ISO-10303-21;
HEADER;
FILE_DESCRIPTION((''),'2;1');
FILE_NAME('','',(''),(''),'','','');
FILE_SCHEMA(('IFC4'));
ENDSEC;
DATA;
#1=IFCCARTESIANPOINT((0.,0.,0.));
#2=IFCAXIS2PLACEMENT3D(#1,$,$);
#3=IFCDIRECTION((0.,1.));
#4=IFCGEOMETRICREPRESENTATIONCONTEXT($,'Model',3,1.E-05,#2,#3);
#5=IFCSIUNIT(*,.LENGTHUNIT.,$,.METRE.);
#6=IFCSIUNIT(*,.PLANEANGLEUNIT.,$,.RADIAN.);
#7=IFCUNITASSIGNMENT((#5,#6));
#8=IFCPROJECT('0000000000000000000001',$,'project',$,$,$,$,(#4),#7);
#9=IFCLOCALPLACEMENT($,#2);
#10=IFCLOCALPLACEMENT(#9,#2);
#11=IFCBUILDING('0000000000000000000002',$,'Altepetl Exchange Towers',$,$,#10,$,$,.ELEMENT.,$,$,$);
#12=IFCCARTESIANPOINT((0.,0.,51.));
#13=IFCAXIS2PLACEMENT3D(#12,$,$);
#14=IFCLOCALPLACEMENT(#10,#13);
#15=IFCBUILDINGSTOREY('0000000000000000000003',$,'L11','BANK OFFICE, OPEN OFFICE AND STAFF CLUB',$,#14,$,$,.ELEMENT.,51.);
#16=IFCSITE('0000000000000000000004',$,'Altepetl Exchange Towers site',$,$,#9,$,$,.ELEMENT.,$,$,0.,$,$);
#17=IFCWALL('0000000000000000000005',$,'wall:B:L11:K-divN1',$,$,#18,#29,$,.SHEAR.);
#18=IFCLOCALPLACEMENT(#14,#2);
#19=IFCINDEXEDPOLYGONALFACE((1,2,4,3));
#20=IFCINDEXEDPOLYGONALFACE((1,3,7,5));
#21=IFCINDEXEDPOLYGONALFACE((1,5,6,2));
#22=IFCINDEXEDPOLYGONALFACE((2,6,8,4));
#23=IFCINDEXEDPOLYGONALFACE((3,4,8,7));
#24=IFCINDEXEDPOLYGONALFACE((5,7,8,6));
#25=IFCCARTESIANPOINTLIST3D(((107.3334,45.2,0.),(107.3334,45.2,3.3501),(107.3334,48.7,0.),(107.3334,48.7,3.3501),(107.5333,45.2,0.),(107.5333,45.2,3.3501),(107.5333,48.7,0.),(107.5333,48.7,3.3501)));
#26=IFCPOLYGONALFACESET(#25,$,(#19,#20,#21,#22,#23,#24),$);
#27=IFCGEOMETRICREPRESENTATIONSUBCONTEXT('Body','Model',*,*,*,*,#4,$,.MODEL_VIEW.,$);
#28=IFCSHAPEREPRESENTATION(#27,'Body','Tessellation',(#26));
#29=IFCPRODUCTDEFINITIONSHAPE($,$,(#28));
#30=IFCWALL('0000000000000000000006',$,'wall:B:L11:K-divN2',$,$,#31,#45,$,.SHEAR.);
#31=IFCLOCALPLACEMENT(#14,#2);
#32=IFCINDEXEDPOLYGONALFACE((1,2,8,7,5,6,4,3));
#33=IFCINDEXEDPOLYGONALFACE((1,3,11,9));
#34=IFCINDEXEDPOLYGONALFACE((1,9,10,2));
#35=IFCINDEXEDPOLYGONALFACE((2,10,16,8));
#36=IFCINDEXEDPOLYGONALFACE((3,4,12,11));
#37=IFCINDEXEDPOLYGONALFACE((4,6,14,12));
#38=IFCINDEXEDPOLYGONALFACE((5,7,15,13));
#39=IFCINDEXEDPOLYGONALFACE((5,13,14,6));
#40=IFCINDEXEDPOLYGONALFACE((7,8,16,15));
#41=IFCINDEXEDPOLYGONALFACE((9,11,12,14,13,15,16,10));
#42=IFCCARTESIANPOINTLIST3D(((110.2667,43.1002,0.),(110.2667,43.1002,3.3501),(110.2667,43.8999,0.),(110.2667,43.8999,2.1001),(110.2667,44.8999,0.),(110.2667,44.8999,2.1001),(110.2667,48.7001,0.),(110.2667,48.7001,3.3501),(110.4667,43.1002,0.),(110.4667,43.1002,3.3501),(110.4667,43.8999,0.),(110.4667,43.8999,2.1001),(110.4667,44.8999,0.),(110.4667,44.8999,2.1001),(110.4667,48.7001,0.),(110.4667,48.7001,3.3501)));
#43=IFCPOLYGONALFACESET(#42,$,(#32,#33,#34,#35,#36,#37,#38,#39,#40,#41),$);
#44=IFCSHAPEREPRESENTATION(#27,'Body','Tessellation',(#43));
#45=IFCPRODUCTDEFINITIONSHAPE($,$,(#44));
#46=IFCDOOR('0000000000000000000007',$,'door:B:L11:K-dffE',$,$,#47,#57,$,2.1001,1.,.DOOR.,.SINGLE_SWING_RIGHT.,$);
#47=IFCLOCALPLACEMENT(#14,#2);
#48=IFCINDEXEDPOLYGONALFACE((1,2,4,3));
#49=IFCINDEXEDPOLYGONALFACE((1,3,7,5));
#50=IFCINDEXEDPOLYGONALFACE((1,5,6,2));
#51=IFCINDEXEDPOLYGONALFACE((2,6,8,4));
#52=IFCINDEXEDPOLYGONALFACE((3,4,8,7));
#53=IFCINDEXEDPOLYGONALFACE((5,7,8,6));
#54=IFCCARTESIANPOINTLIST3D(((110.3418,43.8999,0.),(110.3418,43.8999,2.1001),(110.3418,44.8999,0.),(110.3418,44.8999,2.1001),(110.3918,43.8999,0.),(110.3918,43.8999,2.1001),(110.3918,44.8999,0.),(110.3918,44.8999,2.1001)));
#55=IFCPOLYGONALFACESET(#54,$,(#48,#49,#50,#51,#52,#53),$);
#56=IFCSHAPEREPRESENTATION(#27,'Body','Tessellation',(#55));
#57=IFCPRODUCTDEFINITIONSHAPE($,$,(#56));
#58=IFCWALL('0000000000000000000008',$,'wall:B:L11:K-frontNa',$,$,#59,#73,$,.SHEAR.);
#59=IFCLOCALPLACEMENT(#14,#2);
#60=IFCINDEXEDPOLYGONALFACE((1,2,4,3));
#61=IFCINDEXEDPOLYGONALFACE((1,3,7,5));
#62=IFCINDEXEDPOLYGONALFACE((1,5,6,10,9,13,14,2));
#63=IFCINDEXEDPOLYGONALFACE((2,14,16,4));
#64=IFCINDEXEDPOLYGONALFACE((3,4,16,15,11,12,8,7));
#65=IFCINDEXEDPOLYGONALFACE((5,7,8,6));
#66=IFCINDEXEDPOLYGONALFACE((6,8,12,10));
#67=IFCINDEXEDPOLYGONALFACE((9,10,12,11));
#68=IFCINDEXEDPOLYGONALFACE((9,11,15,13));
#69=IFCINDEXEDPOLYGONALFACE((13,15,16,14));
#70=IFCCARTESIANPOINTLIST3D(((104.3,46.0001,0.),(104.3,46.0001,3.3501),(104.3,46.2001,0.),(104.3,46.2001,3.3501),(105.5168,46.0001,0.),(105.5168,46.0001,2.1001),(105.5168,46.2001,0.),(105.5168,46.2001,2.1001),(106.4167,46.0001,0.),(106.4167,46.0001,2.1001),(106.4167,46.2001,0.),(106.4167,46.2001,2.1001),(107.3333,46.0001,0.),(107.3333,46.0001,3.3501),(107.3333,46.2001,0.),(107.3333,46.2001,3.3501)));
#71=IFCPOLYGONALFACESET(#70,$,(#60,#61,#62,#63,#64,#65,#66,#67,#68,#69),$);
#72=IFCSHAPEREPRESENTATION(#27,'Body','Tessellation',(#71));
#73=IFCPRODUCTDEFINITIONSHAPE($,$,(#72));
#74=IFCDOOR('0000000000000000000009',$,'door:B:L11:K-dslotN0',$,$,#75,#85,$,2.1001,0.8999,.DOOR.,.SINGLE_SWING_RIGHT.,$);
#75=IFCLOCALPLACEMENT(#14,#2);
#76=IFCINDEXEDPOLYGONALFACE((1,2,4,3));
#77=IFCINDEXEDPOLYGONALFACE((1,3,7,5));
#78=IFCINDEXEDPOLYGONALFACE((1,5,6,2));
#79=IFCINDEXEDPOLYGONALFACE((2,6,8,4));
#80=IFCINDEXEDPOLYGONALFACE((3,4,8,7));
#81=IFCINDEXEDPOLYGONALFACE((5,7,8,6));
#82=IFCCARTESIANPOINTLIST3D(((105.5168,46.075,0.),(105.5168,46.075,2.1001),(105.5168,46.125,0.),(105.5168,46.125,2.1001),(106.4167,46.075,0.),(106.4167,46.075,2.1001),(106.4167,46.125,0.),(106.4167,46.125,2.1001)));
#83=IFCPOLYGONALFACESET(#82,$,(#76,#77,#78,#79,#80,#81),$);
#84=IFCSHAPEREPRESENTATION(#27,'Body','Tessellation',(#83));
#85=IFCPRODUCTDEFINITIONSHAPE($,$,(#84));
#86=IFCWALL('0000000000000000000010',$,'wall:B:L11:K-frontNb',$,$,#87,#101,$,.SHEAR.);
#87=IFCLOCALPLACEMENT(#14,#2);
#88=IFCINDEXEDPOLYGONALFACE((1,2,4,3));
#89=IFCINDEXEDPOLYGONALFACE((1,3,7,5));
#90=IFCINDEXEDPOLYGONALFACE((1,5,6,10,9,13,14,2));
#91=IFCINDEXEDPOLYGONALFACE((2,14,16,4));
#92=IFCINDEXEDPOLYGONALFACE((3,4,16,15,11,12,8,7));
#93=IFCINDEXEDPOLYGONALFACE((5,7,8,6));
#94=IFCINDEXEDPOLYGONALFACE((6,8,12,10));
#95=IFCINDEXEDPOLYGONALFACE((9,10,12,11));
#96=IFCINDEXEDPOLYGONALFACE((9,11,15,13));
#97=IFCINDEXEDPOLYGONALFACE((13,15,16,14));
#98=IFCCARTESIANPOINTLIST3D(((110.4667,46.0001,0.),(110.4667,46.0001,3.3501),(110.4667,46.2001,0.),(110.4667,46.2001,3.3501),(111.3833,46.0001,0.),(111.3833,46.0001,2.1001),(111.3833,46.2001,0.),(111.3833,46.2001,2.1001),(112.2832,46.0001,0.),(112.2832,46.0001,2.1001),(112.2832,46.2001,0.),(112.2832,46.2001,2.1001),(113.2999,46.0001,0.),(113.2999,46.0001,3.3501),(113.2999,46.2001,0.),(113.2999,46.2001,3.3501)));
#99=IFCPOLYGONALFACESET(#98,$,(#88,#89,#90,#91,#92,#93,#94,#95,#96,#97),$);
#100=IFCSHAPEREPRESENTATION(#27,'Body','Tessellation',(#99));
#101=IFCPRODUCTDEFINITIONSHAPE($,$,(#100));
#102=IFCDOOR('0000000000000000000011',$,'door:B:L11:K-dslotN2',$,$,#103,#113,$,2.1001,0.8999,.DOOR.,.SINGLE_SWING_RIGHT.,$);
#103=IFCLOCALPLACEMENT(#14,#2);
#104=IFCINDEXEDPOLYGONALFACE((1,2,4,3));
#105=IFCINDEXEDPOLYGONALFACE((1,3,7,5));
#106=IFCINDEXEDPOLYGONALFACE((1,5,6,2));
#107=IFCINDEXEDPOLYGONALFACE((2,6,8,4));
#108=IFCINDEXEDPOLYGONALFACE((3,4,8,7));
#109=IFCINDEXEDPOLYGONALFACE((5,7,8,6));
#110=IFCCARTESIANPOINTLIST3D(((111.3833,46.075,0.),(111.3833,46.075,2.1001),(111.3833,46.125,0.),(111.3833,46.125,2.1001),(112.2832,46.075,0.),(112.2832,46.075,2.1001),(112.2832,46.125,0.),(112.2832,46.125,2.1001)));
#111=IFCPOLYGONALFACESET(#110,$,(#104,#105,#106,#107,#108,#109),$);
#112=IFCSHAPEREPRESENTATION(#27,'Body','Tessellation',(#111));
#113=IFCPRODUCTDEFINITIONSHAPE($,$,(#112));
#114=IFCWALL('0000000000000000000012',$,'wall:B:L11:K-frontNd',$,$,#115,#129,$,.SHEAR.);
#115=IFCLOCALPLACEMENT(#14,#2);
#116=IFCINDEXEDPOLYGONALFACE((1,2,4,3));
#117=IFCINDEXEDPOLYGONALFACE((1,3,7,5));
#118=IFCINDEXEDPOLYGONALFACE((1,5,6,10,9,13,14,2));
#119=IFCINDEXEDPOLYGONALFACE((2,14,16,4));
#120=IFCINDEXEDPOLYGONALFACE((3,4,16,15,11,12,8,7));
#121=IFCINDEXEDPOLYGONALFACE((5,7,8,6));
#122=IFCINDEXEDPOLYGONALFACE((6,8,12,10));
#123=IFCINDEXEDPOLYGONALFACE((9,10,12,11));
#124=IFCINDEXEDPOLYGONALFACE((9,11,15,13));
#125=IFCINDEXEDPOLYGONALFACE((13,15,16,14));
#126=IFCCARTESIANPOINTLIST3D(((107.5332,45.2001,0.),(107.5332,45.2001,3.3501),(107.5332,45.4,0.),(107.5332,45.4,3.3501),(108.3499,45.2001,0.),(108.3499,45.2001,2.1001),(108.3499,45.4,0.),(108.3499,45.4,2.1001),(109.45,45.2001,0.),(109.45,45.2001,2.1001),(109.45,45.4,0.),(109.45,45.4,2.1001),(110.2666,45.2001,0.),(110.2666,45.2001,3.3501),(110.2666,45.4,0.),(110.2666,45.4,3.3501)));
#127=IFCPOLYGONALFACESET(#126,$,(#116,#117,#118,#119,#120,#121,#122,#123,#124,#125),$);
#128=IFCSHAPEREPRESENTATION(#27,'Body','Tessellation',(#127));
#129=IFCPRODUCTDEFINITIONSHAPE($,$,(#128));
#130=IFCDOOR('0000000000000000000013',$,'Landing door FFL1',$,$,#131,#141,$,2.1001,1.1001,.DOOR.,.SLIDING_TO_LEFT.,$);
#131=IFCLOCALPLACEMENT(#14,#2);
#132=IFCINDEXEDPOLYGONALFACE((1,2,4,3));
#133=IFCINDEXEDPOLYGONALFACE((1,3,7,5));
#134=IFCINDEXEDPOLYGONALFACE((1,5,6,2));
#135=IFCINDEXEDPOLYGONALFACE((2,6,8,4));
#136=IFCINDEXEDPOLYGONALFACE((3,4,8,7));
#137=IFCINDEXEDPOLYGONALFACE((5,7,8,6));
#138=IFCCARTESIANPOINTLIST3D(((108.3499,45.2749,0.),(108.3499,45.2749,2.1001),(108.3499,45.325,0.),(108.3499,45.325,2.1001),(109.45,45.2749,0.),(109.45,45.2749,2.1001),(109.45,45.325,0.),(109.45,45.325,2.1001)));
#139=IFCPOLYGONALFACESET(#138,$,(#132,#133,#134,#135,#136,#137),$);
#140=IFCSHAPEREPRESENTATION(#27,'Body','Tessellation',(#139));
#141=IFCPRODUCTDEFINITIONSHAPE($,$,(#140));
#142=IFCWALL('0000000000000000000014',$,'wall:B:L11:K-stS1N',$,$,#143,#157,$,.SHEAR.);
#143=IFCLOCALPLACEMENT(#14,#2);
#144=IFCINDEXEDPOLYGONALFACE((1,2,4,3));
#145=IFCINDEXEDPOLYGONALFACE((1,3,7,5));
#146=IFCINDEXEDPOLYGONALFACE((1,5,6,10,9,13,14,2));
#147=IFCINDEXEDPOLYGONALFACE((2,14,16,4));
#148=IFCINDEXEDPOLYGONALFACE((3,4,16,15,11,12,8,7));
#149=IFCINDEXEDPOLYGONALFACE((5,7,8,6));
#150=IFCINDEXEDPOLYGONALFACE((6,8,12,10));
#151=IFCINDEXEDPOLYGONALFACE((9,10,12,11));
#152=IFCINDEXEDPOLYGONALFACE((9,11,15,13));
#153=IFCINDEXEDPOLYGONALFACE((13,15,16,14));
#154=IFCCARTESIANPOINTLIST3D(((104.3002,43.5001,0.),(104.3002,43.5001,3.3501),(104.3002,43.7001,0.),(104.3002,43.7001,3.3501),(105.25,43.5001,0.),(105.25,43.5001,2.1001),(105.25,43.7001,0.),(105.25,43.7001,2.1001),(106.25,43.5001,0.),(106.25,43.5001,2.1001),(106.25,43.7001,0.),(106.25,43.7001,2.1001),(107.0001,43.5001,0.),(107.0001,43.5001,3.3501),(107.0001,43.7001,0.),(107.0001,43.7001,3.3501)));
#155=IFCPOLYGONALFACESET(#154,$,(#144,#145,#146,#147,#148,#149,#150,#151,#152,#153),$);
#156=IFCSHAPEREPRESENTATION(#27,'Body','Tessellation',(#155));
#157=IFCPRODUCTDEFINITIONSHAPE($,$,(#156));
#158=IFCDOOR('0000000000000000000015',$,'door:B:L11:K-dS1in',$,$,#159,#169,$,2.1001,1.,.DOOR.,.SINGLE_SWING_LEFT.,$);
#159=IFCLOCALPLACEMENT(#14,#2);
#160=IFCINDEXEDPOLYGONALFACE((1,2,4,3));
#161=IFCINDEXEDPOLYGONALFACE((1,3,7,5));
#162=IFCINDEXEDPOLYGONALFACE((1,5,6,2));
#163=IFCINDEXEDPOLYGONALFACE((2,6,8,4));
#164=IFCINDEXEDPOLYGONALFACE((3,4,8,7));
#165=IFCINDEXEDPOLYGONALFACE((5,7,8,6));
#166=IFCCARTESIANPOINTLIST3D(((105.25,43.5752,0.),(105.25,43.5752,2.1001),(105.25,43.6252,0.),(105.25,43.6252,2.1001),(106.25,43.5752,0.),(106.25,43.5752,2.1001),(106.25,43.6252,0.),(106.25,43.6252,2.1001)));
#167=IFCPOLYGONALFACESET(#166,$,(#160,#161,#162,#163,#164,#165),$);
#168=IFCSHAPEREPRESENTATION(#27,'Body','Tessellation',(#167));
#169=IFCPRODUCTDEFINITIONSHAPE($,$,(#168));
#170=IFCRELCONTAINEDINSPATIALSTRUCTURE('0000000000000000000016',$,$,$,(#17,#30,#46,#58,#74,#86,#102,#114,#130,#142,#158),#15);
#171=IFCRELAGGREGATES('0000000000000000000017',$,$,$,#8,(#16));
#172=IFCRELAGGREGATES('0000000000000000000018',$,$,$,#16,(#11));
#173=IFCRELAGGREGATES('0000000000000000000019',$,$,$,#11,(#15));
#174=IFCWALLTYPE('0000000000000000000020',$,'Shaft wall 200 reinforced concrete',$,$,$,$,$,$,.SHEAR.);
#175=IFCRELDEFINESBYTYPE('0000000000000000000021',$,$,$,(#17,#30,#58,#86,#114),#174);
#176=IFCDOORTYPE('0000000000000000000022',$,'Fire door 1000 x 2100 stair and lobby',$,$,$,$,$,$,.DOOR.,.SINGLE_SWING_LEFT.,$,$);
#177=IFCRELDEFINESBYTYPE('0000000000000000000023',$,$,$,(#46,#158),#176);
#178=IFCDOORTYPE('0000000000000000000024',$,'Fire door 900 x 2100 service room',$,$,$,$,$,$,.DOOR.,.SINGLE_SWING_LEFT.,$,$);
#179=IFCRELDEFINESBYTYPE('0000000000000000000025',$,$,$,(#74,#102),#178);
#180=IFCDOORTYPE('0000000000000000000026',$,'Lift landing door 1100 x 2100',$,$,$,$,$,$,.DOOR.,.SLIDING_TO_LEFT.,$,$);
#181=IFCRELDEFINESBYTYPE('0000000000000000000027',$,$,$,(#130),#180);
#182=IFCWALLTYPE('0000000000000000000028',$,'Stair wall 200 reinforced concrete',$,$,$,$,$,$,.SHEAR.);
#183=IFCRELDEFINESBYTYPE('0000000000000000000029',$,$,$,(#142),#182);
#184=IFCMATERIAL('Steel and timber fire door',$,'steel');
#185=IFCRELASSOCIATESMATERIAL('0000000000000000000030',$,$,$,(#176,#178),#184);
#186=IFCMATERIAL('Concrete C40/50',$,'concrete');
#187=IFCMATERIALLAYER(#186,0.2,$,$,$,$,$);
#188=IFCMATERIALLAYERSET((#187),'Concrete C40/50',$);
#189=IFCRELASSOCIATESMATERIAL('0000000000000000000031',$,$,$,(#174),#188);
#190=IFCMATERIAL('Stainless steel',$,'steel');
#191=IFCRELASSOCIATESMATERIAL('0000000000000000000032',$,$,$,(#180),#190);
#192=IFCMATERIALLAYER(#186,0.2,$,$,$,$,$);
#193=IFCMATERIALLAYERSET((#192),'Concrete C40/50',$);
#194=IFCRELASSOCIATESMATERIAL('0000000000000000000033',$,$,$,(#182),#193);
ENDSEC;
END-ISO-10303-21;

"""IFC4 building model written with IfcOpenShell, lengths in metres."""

from ifc_helpers import new_model, si_unit, direction, frame, frame_2d, origin, place, context, subcontext, project, spatial, rectangle, extrude, material, layer, layer_set, type_object, element, fill, save


model = new_model("IFC4")

# Units and contexts
model_context = context("Model", 3, precision=1e-05, world=origin(), true_north=direction((0.0, 1.0)))
body_context = subcontext(model_context, "Body", "Model", "MODEL_VIEW")
ifc_project = project(units=[si_unit("LENGTHUNIT", "METRE"), si_unit("PLANEANGLEUNIT", "RADIAN")], contexts=[model_context])

# Site, building, storey
site_placement = place(None, origin())
site = spatial("IfcSite", under=ifc_project, at=site_placement, Name="Altepetl Exchange Towers site", CompositionType="ELEMENT", RefElevation=0.0)
building_placement = place(site_placement, origin())
building = spatial("IfcBuilding", under=site, at=building_placement, Name="Altepetl Exchange Towers", CompositionType="ELEMENT")
storey_placement = place(building_placement, frame((0.0, 0.0, 51.0)))
storey = spatial("IfcBuildingStorey", under=building, at=storey_placement, Name="L11", Description="BANK OFFICE, OPEN OFFICE AND STAFF CLUB", CompositionType="ELEMENT", Elevation=51.0)

# Shared definitions
ifc_material_1 = material(Name="Steel and timber fire door", Category="steel")
door_type_1 = type_object("IfcDoorType", Name="Fire door 1000 x 2100 stair and lobby", OperationType="SINGLE_SWING_LEFT", PredefinedType="DOOR", material=ifc_material_1)
door_type_2 = type_object("IfcDoorType", Name="Fire door 900 x 2100 service room", OperationType="SINGLE_SWING_LEFT", PredefinedType="DOOR", material=ifc_material_1)

# Wall
ifc_material_2 = material(Name="Concrete C40/50", Category="concrete")
ifc_layer_1 = layer(ifc_material_2, 0.2)
ifc_layer_set_1 = layer_set([ifc_layer_1], Name="Concrete C40/50")
wall_type_1 = type_object("IfcWallType", Name="Shaft wall 200 reinforced concrete", PredefinedType="SHEAR", material=ifc_layer_set_1)
wall_1_placement = place(storey_placement, frame((107.4333, 48.7, 0.0), z_axis=(0.0, 0.0, 1.0), x_axis=(0.0, -1.0, 0.0)))
element("IfcWall", 1, at=wall_1_placement, inside=storey, type_object=wall_type_1, Name="wall:B:L11:K-divN1", PredefinedType="SHEAR", context=body_context, shape_type="SweptSolid", body=[
    extrude(rectangle(XDim=3.5, YDim=0.2, at=frame_2d((1.75, 0.0))), origin(), (0.0, 0.0, 1.0), 3.3501),
])

# Walls, openings, doors
wall_2_placement = place(storey_placement, frame((110.3667, 48.7, 0.0), z_axis=(0.0, 0.0, 1.0), x_axis=(0.0, -1.0, 0.0)))
wall_2 = element("IfcWall", 2, at=wall_2_placement, inside=storey, type_object=wall_type_1, Name="wall:B:L11:K-divN2", PredefinedType="SHEAR", context=body_context, shape_type="SweptSolid", body=[
    extrude(rectangle(XDim=5.5999, YDim=0.2, at=frame_2d((2.7998, 0.0))), origin(), (0.0, 0.0, 1.0), 3.3501),
])
opening_1_placement = place(wall_2_placement, frame((3.8, 0.0, 0.0)))
opening_1 = element("IfcOpeningElement", 3, at=opening_1_placement, cuts=wall_2, PredefinedType="OPENING", context=body_context, shape_type="SweptSolid", body=[
    extrude(rectangle(XDim=1.0, YDim=2.1001, at=frame_2d((0.5, 1.05))), frame((0.0, 0.1099, 0.0), z_axis=(0.0, -1.0, 0.0), x_axis=(1.0, 0.0, 0.0)), (0.0, 0.0, 1.0), 0.22),
])
door_1_placement = place(opening_1_placement, frame((1.0, 0.0, 0.0), x_axis=(-1.0, 0.0, 0.0)))
door_1 = element("IfcDoor", 4, at=door_1_placement, inside=storey, type_object=door_type_1, Name="door:B:L11:K-dffE", OperationType="SINGLE_SWING_RIGHT", OverallHeight=2.1001, OverallWidth=1.0, PredefinedType="DOOR", context=body_context, shape_type="SweptSolid", body=[
    extrude(rectangle(XDim=1.0, YDim=2.1001, at=frame_2d((0.5, 1.05))), frame((0.0, 0.0249, 0.0), z_axis=(0.0, -1.0, 0.0), x_axis=(1.0, 0.0, 0.0)), (0.0, 0.0, 1.0), 0.05),
])
fill(opening_1, door_1)
wall_3_placement = place(storey_placement, frame((104.3, 46.1001, 0.0)))
wall_3 = element("IfcWall", 5, at=wall_3_placement, inside=storey, type_object=wall_type_1, Name="wall:B:L11:K-frontNa", PredefinedType="SHEAR", context=body_context, shape_type="SweptSolid", body=[
    extrude(rectangle(XDim=3.0332, YDim=0.2, at=frame_2d((1.5166, 0.0))), origin(), (0.0, 0.0, 1.0), 3.3501),
])
opening_2_placement = place(wall_3_placement, frame((1.2168, 0.0, 0.0)))
opening_2 = element("IfcOpeningElement", 6, at=opening_2_placement, cuts=wall_3, PredefinedType="OPENING", context=body_context, shape_type="SweptSolid", body=[
    extrude(rectangle(XDim=0.8999, YDim=2.1001, at=frame_2d((0.45, 1.05))), frame((0.0, 0.1099, 0.0), z_axis=(0.0, -1.0, 0.0), x_axis=(1.0, 0.0, 0.0)), (0.0, 0.0, 1.0), 0.22),
])
door_2_placement = place(opening_2_placement, origin())
door_2 = element("IfcDoor", 7, at=door_2_placement, inside=storey, type_object=door_type_2, Name="door:B:L11:K-dslotN0", OperationType="SINGLE_SWING_RIGHT", OverallHeight=2.1001, OverallWidth=0.8999, PredefinedType="DOOR", context=body_context, shape_type="SweptSolid", body=[
    extrude(rectangle(XDim=0.8999, YDim=2.1001, at=frame_2d((0.45, 1.05))), frame((0.0, 0.0249, 0.0), z_axis=(0.0, -1.0, 0.0), x_axis=(1.0, 0.0, 0.0)), (0.0, 0.0, 1.0), 0.05),
])
fill(opening_2, door_2)
wall_4_placement = place(storey_placement, frame((110.4668, 46.1001, 0.0)))
wall_4 = element("IfcWall", 8, at=wall_4_placement, inside=storey, type_object=wall_type_1, Name="wall:B:L11:K-frontNb", PredefinedType="SHEAR", context=body_context, shape_type="SweptSolid", body=[
    extrude(rectangle(XDim=2.8333, YDim=0.2, at=frame_2d((1.4165, 0.0))), origin(), (0.0, 0.0, 1.0), 3.3501),
])
opening_3_placement = place(wall_4_placement, frame((0.9165, 0.0, 0.0)))
opening_3 = element("IfcOpeningElement", 9, at=opening_3_placement, cuts=wall_4, PredefinedType="OPENING", context=body_context, shape_type="SweptSolid", body=[
    extrude(rectangle(XDim=0.8999, YDim=2.1001, at=frame_2d((0.45, 1.05))), frame((0.0, 0.1099, 0.0), z_axis=(0.0, -1.0, 0.0), x_axis=(1.0, 0.0, 0.0)), (0.0, 0.0, 1.0), 0.22),
])
door_3_placement = place(opening_3_placement, origin())
door_3 = element("IfcDoor", 10, at=door_3_placement, inside=storey, type_object=door_type_2, Name="door:B:L11:K-dslotN2", OperationType="SINGLE_SWING_RIGHT", OverallHeight=2.1001, OverallWidth=0.8999, PredefinedType="DOOR", context=body_context, shape_type="SweptSolid", body=[
    extrude(rectangle(XDim=0.8999, YDim=2.1001, at=frame_2d((0.45, 1.05))), frame((0.0, 0.0249, 0.0), z_axis=(0.0, -1.0, 0.0), x_axis=(1.0, 0.0, 0.0)), (0.0, 0.0, 1.0), 0.05),
])
fill(opening_3, door_3)
wall_5_placement = place(storey_placement, frame((107.5332, 45.3, 0.0)))
wall_5 = element("IfcWall", 11, at=wall_5_placement, inside=storey, type_object=wall_type_1, Name="wall:B:L11:K-frontNd", PredefinedType="SHEAR", context=body_context, shape_type="SweptSolid", body=[
    extrude(rectangle(XDim=2.7334, YDim=0.2, at=frame_2d((1.3667, 0.0))), origin(), (0.0, 0.0, 1.0), 3.3501),
])
opening_4_placement = place(wall_5_placement, frame((0.8167, 0.0, 0.0)))
opening_4 = element("IfcOpeningElement", 12, at=opening_4_placement, cuts=wall_5, PredefinedType="OPENING", context=body_context, shape_type="SweptSolid", body=[
    extrude(rectangle(XDim=1.1001, YDim=2.1001, at=frame_2d((0.55, 1.05))), frame((0.0, 0.1099, 0.0), z_axis=(0.0, -1.0, 0.0), x_axis=(1.0, 0.0, 0.0)), (0.0, 0.0, 1.0), 0.22),
])
ifc_material_3 = material(Name="Stainless steel", Category="steel")
door_type_3 = type_object("IfcDoorType", Name="Lift landing door 1100 x 2100", OperationType="SLIDING_TO_LEFT", PredefinedType="DOOR", material=ifc_material_3)
door_4_placement = place(opening_4_placement, origin())
door_4 = element("IfcDoor", 13, at=door_4_placement, inside=storey, type_object=door_type_3, Name="Landing door FFL1", OperationType="SLIDING_TO_LEFT", OverallHeight=2.1001, OverallWidth=1.1001, PredefinedType="DOOR", context=body_context, shape_type="SweptSolid", body=[
    extrude(rectangle(XDim=1.1001, YDim=2.1001, at=frame_2d((0.55, 1.05))), frame((0.0, 0.0249, 0.0), z_axis=(0.0, -1.0, 0.0), x_axis=(1.0, 0.0, 0.0)), (0.0, 0.0, 1.0), 0.05),
])
fill(opening_4, door_4)
ifc_layer_2 = layer(ifc_material_2, 0.2)
ifc_layer_set_2 = layer_set([ifc_layer_2], Name="Concrete C40/50")
wall_type_2 = type_object("IfcWallType", Name="Stair wall 200 reinforced concrete", PredefinedType="SHEAR", material=ifc_layer_set_2)
wall_6_placement = place(storey_placement, frame((104.3, 43.6001, 0.0)))
wall_6 = element("IfcWall", 14, at=wall_6_placement, inside=storey, type_object=wall_type_2, Name="wall:B:L11:K-stS1N", PredefinedType="SHEAR", context=body_context, shape_type="SweptSolid", body=[
    extrude(rectangle(XDim=2.7, YDim=0.2, at=frame_2d((1.3501, 0.0))), origin(), (0.0, 0.0, 1.0), 3.3501),
])
opening_5_placement = place(wall_6_placement, frame((0.95, 0.0, 0.0)))
opening_5 = element("IfcOpeningElement", 15, at=opening_5_placement, cuts=wall_6, PredefinedType="OPENING", context=body_context, shape_type="SweptSolid", body=[
    extrude(rectangle(XDim=1.0, YDim=2.1001, at=frame_2d((0.5, 1.05))), frame((0.0, 0.1099, 0.0), z_axis=(0.0, -1.0, 0.0), x_axis=(1.0, 0.0, 0.0)), (0.0, 0.0, 1.0), 0.22),
])
door_5_placement = place(opening_5_placement, frame((1.0, 0.0, 0.0), x_axis=(-1.0, 0.0, 0.0)))
door_5 = element("IfcDoor", 16, at=door_5_placement, inside=storey, type_object=door_type_1, Name="door:B:L11:K-dS1in", OperationType="SINGLE_SWING_LEFT", OverallHeight=2.1001, OverallWidth=1.0, PredefinedType="DOOR", context=body_context, shape_type="SweptSolid", body=[
    extrude(rectangle(XDim=1.0, YDim=2.1001, at=frame_2d((0.5, 1.05))), frame((0.0, 0.0249, 0.0), z_axis=(0.0, -1.0, 0.0), x_axis=(1.0, 0.0, 0.0)), (0.0, 0.0, 1.0), 0.05),
])
fill(opening_5, door_5)

save(model, "model.ifc")
